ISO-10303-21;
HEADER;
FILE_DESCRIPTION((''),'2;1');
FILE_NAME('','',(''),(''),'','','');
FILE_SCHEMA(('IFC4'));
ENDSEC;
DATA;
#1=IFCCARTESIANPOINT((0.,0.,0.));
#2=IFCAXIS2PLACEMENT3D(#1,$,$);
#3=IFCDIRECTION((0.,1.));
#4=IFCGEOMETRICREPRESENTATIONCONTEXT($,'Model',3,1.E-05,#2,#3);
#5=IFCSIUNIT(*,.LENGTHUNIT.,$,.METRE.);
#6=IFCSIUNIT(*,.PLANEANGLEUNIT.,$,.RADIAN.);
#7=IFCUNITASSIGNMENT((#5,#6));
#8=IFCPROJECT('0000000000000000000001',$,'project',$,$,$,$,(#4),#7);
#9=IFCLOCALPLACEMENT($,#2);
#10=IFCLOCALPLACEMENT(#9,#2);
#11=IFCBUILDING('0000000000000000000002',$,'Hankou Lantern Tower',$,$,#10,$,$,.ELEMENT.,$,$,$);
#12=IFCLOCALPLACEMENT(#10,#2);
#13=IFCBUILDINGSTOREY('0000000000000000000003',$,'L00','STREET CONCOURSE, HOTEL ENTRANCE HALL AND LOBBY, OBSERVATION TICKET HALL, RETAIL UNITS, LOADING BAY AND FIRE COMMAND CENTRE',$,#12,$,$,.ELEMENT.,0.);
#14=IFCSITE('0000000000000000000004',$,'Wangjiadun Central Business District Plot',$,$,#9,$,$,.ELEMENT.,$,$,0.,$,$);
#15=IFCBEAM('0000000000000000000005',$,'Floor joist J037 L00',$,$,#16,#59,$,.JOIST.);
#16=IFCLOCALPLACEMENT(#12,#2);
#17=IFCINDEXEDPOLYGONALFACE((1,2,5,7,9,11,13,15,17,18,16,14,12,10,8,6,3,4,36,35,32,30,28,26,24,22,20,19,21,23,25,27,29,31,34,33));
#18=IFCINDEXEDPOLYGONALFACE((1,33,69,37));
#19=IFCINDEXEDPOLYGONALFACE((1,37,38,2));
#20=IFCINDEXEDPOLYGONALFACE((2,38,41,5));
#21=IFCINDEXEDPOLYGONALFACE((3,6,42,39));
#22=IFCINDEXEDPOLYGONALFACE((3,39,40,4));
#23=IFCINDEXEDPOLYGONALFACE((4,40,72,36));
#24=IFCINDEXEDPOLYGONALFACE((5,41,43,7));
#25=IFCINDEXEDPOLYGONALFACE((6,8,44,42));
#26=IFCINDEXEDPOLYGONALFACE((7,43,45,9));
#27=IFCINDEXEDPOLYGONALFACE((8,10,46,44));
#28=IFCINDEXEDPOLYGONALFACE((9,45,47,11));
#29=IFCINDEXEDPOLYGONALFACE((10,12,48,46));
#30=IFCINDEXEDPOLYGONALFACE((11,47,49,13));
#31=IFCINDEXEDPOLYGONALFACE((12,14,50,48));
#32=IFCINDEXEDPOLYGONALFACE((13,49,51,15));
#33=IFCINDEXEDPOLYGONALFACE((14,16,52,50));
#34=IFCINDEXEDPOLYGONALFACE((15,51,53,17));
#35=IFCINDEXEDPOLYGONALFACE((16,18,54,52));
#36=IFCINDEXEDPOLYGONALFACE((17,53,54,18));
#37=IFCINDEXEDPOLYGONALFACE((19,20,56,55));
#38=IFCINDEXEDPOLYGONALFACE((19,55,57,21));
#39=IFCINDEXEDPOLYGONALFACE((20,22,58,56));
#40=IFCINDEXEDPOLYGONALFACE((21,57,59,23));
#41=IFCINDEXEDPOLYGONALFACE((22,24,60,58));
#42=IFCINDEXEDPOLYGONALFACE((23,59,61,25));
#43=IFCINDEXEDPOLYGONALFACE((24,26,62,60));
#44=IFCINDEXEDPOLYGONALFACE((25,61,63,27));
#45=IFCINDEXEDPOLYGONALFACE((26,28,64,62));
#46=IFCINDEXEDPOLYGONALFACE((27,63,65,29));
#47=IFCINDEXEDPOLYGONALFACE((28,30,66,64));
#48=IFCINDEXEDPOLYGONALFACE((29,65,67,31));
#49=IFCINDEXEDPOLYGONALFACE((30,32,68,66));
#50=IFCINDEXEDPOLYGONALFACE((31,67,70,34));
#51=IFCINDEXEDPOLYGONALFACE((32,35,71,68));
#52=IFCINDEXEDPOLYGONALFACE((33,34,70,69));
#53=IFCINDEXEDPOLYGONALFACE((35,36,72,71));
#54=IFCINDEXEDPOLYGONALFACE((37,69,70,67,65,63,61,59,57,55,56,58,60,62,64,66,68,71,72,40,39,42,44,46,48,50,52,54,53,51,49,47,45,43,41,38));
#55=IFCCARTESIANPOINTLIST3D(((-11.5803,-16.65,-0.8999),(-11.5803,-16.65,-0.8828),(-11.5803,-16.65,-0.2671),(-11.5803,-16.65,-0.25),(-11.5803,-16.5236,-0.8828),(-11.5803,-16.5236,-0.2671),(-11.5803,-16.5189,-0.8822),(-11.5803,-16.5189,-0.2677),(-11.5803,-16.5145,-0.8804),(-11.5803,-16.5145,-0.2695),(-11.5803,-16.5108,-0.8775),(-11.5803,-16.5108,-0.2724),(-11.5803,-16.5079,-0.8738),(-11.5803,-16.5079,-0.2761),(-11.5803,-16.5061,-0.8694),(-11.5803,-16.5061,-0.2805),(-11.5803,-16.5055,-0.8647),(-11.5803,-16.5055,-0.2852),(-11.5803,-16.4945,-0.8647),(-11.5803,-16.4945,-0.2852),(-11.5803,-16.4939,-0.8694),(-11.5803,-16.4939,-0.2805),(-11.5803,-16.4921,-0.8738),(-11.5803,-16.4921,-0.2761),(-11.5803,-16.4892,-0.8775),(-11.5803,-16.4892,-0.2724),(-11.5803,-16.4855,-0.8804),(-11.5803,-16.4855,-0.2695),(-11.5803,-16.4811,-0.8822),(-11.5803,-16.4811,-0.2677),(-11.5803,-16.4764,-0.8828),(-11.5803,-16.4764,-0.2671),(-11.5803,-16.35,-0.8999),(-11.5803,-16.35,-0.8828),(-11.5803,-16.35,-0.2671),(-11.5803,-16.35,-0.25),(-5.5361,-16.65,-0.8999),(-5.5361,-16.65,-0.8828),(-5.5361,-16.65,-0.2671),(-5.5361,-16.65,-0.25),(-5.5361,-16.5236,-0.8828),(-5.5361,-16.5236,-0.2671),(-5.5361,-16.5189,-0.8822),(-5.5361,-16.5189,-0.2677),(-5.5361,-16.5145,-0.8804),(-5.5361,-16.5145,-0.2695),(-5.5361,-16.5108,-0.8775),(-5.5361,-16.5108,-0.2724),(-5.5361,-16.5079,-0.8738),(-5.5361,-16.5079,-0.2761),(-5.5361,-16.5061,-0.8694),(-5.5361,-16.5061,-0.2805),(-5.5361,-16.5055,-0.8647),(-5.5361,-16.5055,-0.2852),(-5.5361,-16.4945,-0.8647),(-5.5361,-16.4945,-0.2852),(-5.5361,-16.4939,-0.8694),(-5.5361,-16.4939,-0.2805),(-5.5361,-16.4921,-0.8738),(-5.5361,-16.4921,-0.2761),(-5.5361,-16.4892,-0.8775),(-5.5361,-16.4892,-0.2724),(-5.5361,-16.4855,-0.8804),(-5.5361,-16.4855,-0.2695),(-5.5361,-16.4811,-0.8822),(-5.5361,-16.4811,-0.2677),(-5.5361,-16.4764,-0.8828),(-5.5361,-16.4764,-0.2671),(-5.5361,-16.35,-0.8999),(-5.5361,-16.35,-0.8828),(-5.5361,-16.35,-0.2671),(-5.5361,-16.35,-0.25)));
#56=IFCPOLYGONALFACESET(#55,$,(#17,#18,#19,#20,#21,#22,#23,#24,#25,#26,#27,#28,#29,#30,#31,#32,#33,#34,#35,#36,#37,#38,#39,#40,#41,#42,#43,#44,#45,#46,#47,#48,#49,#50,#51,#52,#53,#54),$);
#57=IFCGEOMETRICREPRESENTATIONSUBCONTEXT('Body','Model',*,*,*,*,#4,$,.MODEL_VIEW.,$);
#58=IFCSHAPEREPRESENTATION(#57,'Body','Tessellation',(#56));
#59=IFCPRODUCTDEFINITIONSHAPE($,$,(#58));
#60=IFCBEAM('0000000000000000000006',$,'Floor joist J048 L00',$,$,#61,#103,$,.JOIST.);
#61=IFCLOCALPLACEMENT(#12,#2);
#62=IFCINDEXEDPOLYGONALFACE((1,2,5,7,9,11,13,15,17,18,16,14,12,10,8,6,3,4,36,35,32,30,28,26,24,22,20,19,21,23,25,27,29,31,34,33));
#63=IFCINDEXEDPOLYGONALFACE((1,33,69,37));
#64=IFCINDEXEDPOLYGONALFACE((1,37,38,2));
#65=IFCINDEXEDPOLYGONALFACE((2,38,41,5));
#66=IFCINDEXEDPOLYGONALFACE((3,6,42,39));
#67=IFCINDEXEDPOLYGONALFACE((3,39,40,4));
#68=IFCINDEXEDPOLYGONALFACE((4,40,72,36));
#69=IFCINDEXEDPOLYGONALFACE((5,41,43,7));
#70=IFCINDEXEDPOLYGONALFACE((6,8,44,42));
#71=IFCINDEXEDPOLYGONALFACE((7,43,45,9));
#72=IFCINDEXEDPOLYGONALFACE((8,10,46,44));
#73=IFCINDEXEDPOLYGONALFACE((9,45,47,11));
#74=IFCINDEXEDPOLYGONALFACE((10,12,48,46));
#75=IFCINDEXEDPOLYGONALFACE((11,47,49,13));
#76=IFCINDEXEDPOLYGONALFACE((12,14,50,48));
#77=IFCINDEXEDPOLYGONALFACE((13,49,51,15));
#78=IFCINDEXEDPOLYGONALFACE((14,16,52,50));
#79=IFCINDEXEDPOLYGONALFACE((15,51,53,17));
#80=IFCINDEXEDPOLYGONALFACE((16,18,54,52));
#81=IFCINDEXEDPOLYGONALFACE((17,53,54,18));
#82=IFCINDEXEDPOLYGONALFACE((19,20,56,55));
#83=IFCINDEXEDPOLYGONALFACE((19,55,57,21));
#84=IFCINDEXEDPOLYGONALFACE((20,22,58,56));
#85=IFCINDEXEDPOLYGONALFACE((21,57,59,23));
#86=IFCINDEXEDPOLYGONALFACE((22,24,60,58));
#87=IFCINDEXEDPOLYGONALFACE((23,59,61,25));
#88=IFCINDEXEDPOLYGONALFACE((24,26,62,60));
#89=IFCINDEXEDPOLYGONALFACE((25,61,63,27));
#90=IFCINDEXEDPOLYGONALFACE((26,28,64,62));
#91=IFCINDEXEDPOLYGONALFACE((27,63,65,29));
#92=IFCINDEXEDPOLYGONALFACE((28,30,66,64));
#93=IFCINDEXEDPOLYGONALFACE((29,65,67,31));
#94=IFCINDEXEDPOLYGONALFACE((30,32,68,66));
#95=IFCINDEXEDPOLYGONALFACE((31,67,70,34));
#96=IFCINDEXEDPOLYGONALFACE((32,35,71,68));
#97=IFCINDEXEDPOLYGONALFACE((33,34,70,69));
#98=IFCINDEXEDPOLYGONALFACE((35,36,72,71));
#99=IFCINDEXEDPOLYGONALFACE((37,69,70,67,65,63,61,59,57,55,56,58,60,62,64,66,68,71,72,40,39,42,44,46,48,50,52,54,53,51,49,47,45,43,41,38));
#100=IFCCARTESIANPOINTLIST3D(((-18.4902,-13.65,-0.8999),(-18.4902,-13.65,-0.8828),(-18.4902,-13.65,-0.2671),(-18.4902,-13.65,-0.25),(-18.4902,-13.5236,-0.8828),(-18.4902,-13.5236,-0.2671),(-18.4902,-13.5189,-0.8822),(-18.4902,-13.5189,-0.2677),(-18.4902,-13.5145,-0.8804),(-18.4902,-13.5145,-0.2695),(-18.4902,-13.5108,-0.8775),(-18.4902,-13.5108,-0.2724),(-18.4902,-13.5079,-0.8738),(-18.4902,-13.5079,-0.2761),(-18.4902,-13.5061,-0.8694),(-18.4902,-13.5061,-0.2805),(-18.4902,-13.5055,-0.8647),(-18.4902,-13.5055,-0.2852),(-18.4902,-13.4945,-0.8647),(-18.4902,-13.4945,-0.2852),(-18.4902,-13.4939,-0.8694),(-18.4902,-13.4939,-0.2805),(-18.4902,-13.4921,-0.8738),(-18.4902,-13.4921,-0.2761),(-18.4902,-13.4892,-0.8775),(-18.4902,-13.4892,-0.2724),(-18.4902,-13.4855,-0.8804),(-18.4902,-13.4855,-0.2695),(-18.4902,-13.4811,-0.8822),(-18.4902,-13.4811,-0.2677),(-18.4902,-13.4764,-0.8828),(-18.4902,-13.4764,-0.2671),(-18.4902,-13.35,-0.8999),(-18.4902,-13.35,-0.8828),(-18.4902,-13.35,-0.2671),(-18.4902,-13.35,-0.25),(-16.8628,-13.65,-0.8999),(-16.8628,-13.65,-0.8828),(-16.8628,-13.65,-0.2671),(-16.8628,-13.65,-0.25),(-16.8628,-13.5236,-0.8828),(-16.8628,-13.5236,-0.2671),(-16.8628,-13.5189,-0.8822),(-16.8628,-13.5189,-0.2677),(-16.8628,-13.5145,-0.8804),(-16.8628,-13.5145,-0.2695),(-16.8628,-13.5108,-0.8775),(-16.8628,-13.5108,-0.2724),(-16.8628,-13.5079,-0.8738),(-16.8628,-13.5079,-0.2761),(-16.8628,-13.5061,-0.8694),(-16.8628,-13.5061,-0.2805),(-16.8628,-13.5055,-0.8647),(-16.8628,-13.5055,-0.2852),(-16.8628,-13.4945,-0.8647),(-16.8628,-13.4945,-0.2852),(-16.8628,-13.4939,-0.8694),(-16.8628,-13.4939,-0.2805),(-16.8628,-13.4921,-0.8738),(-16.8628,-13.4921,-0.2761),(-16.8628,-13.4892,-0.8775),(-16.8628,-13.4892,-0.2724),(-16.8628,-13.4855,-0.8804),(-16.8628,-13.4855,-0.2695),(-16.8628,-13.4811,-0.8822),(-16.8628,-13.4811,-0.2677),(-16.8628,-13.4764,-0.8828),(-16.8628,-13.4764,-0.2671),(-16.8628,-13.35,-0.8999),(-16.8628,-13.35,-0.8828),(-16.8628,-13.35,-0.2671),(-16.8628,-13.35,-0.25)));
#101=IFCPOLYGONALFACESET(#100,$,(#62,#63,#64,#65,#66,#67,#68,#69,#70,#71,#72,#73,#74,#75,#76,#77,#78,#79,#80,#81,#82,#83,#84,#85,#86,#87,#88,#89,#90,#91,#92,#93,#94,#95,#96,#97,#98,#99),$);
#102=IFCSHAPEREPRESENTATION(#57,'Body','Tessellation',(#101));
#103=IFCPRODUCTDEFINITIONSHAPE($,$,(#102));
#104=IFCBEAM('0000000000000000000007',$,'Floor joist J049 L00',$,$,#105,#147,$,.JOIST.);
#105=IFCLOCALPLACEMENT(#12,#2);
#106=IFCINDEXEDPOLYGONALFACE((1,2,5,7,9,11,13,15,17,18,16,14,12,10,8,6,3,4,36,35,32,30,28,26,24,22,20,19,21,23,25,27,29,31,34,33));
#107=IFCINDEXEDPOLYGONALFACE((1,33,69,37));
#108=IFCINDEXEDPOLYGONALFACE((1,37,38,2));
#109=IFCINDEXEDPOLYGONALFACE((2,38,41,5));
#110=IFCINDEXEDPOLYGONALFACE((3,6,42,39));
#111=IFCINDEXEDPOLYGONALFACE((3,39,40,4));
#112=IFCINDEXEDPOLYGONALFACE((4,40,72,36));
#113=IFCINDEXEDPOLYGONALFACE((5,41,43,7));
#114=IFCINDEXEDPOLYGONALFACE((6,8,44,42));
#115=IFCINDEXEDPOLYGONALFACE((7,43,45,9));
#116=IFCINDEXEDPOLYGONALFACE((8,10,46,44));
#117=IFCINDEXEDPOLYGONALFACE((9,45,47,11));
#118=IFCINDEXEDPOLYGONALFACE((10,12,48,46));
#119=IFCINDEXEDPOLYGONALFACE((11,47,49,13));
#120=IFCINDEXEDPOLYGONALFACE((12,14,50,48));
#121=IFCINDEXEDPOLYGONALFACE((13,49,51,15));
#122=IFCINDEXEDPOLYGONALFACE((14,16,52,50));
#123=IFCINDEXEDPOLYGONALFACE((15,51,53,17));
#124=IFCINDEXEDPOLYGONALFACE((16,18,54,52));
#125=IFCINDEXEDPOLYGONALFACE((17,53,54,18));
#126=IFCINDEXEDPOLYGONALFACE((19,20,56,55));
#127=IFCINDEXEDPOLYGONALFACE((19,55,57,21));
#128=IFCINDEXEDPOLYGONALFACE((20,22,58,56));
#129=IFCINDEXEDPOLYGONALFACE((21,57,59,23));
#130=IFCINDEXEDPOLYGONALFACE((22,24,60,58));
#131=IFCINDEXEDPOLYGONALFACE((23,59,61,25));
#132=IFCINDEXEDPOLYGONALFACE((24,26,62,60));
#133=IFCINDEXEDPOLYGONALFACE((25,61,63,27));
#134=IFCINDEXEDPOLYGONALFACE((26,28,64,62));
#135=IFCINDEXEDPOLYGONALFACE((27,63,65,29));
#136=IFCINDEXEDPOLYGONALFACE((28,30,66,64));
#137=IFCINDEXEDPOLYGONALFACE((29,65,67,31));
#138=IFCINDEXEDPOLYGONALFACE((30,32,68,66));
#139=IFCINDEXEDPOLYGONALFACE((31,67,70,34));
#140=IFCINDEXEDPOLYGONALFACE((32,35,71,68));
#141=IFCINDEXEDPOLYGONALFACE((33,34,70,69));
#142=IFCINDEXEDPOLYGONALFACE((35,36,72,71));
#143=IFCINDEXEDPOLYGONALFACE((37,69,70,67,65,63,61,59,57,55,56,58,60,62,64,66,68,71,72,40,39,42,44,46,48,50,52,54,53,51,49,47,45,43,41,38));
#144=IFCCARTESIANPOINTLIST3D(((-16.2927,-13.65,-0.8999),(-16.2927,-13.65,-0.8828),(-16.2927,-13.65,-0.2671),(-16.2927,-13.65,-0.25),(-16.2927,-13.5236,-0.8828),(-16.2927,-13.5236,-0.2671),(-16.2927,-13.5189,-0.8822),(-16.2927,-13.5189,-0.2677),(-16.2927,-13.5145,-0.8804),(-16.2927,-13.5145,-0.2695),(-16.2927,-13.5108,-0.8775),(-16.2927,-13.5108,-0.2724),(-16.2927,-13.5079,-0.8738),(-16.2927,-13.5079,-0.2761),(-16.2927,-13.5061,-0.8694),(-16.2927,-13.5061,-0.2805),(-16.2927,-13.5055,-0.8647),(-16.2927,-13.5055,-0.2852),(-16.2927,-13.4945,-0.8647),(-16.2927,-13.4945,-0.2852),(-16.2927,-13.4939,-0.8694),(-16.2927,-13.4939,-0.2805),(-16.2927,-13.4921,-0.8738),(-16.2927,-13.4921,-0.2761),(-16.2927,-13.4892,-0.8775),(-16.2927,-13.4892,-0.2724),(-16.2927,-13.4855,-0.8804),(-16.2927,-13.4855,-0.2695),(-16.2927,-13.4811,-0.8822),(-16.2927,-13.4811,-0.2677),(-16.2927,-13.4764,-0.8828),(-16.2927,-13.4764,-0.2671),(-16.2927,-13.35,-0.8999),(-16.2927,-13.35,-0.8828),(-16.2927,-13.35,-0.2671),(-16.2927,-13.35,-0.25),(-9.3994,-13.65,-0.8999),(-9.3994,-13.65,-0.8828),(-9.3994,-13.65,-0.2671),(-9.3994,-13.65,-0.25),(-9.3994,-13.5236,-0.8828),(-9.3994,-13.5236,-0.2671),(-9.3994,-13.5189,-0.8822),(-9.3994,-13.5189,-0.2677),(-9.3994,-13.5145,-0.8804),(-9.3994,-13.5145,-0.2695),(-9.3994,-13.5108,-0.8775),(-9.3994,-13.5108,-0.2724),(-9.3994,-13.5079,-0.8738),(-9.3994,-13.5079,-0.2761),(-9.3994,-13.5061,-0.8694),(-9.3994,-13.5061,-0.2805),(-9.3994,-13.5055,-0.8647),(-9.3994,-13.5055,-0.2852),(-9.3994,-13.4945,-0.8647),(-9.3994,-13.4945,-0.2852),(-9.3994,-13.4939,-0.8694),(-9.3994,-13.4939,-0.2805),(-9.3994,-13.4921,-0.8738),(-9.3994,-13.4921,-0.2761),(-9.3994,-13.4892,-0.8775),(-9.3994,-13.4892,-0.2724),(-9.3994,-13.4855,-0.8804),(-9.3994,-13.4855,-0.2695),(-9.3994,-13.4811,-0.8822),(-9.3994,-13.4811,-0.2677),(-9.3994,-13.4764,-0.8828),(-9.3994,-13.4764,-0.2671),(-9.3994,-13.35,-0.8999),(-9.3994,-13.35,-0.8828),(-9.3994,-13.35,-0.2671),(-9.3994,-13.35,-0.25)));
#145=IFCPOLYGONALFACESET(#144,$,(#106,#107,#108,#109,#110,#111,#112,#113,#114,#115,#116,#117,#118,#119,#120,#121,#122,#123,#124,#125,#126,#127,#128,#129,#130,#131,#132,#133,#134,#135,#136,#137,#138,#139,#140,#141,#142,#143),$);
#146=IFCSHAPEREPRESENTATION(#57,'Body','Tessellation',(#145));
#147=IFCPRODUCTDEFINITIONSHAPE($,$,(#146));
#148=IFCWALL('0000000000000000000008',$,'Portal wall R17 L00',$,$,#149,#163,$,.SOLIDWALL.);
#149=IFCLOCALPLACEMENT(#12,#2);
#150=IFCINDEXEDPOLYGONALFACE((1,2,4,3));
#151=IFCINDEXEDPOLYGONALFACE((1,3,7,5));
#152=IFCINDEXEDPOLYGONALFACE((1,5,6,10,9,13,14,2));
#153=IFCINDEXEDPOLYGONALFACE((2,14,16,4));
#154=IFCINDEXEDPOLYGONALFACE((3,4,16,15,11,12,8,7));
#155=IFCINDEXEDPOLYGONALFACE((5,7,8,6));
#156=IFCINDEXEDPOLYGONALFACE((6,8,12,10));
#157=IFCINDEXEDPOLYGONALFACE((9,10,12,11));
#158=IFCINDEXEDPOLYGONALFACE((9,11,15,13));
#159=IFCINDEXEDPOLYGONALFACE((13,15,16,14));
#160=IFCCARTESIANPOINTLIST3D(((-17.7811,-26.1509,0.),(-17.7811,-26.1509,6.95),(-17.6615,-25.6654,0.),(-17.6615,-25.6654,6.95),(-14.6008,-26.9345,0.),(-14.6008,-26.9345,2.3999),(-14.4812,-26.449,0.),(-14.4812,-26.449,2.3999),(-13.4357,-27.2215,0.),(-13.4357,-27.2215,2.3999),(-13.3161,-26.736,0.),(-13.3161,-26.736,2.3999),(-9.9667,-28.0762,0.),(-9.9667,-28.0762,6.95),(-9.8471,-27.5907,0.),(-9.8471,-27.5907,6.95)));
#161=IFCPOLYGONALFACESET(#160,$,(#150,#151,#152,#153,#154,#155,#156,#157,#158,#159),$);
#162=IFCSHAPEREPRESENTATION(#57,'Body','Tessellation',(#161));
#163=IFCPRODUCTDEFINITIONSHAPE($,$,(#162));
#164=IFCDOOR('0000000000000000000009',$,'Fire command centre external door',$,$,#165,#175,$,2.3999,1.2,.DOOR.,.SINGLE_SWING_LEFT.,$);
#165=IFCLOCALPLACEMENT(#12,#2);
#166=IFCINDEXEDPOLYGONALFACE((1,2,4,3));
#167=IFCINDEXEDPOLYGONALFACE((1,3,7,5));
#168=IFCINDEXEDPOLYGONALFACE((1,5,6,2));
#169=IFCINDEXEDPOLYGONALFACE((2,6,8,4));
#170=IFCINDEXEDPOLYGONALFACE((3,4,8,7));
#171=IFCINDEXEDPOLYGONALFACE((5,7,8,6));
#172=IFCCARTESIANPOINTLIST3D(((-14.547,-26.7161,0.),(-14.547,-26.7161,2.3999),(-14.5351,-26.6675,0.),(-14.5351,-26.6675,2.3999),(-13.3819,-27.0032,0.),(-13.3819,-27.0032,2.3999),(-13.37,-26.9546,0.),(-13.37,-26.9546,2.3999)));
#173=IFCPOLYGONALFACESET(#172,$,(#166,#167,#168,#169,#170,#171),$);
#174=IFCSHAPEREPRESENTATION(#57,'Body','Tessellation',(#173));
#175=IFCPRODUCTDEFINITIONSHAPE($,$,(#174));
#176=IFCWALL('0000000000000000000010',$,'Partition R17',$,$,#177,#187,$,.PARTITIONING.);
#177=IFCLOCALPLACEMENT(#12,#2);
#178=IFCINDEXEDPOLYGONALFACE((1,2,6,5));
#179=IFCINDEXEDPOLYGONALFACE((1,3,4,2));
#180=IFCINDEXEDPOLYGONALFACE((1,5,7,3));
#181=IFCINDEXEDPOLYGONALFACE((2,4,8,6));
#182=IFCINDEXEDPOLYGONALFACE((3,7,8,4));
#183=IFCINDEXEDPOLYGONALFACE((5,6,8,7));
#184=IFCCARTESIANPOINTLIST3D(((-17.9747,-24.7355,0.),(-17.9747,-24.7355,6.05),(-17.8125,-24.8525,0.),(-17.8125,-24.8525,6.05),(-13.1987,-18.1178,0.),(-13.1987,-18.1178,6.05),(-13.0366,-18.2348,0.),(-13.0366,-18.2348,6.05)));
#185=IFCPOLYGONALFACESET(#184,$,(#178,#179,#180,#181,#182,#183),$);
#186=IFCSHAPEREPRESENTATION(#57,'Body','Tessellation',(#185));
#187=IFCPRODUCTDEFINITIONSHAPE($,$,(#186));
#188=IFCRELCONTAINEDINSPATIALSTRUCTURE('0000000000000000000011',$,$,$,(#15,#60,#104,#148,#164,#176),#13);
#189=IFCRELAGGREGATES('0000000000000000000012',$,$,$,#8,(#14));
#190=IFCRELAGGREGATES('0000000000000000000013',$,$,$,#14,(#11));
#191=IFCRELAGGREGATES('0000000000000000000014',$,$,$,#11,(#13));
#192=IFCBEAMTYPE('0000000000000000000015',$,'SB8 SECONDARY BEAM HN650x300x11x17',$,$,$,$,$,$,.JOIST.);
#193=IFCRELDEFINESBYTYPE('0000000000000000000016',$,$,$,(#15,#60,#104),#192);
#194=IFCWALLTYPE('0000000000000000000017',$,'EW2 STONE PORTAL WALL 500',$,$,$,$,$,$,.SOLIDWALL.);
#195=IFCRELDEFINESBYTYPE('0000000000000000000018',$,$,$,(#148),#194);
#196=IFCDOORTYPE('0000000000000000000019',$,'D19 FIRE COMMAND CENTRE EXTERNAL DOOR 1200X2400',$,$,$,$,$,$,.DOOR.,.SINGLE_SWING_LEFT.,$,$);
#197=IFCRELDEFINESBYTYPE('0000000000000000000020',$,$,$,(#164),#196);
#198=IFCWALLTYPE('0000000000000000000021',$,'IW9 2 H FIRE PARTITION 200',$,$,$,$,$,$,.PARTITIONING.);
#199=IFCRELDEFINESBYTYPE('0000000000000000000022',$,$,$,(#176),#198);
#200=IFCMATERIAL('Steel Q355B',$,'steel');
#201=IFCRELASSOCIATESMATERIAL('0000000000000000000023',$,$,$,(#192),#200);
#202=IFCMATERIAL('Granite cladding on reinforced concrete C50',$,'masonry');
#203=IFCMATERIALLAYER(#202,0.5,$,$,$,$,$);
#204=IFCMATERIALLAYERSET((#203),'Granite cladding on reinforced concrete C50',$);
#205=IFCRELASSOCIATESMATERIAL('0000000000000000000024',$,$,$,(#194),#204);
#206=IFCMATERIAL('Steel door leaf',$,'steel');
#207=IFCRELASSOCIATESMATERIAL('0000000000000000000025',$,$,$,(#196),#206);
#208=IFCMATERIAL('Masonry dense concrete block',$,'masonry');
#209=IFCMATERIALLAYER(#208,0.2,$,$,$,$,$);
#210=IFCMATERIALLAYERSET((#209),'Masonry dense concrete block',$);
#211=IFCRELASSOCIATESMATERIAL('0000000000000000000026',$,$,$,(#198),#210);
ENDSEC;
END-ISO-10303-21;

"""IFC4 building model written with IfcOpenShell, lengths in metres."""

from ifc_helpers import new_model, si_unit, direction, frame, frame_2d, origin, origin_2d, place, context, subcontext, project, spatial, rectangle, i_section, extrude, material, layer, layer_set, material_profile, profile_set, type_object, element, fill, save


model = new_model("IFC4")

# Units and contexts
model_context = context("Model", 3, precision=1e-05, world=origin(), true_north=direction((0.0, 1.0)))
body_context = subcontext(model_context, "Body", "Model", "MODEL_VIEW")
ifc_project = project(units=[si_unit("LENGTHUNIT", "METRE"), si_unit("PLANEANGLEUNIT", "RADIAN")], contexts=[model_context])

# Site, building, storey
site_placement = place(None, origin())
site = spatial("IfcSite", under=ifc_project, at=site_placement, Name="Wangjiadun Central Business District Plot", CompositionType="ELEMENT", RefElevation=0.0)
building_placement = place(site_placement, origin())
building = spatial("IfcBuilding", under=site, at=building_placement, Name="Hankou Lantern Tower", CompositionType="ELEMENT")
storey_placement = place(building_placement, origin())
storey = spatial("IfcBuildingStorey", under=building, at=storey_placement, Name="L00", Description="STREET CONCOURSE, HOTEL ENTRANCE HALL AND LOBBY, OBSERVATION TICKET HALL, RETAIL UNITS, LOADING BAY AND FIRE COMMAND CENTRE", CompositionType="ELEMENT", Elevation=0.0)

# Beams
ifc_material_1 = material(Name="Steel Q355B", Category="steel")
ifc_material_profile_1 = material_profile(ifc_material_1, i_section(OverallWidth=0.3, OverallDepth=0.6499, WebThickness=0.011, FlangeThickness=0.0171, FilletRadius=0.0181, at=origin_2d()), Name="HN650x300x11x17")
ifc_profile_set_1 = profile_set([ifc_material_profile_1], Name="Steel Q355B")
beam_type_1 = type_object("IfcBeamType", Name="SB8 SECONDARY BEAM HN650x300x11x17", PredefinedType="JOIST", material=ifc_profile_set_1)
beam_1_placement = place(storey_placement, frame((-11.5803, -16.5, -0.575), z_axis=(1.0, 0.0, 0.0), x_axis=(0.0, 1.0, 0.0)))
element("IfcBeam", 1, at=beam_1_placement, inside=storey, type_object=beam_type_1, Name="Floor joist J037 L00", PredefinedType="JOIST", context=body_context, shape_type="SweptSolid", body=[
    extrude(i_section(OverallWidth=0.3, OverallDepth=0.6499, WebThickness=0.011, FlangeThickness=0.0171, FilletRadius=0.0181, at=origin_2d()), origin(), (0.0, 0.0, 1.0), 6.0442),
])
beam_2_placement = place(storey_placement, frame((-18.4902, -13.5, -0.575), z_axis=(1.0, 0.0, 0.0), x_axis=(0.0, 1.0, 0.0)))
element("IfcBeam", 2, at=beam_2_placement, inside=storey, type_object=beam_type_1, Name="Floor joist J048 L00", PredefinedType="JOIST", context=body_context, shape_type="SweptSolid", body=[
    extrude(i_section(OverallWidth=0.3, OverallDepth=0.6499, WebThickness=0.011, FlangeThickness=0.0171, FilletRadius=0.0181, at=origin_2d()), origin(), (0.0, 0.0, 1.0), 1.6274),
])
beam_3_placement = place(storey_placement, frame((-16.2927, -13.5, -0.575), z_axis=(1.0, 0.0, 0.0), x_axis=(0.0, 1.0, 0.0)))
element("IfcBeam", 3, at=beam_3_placement, inside=storey, type_object=beam_type_1, Name="Floor joist J049 L00", PredefinedType="JOIST", context=body_context, shape_type="SweptSolid", body=[
    extrude(i_section(OverallWidth=0.3, OverallDepth=0.6499, WebThickness=0.011, FlangeThickness=0.0171, FilletRadius=0.0181, at=origin_2d()), origin(), (0.0, 0.0, 1.0), 6.8933),
])

# Wall, opening, door
ifc_material_2 = material(Name="Granite cladding on reinforced concrete C50", Category="masonry")
ifc_layer_1 = layer(ifc_material_2, 0.5)
ifc_layer_set_1 = layer_set([ifc_layer_1], Name="Granite cladding on reinforced concrete C50")
wall_type_1 = type_object("IfcWallType", Name="EW2 STONE PORTAL WALL 500", PredefinedType="SOLIDWALL", material=ifc_layer_set_1)
wall_1_placement = place(storey_placement, frame((-17.7212, -25.9082, 0.0), z_axis=(0.0, 0.0, 1.0), x_axis=(0.970965, -0.239222, 0.0)))
wall_1 = element("IfcWall", 4, at=wall_1_placement, inside=storey, type_object=wall_type_1, Name="Portal wall R17 L00", PredefinedType="SOLIDWALL", context=body_context, shape_type="SweptSolid", body=[
    extrude(rectangle(XDim=8.0481, YDim=0.5, at=frame_2d((4.0239, 0.0))), origin(), (0.0, 0.0, 1.0), 6.95),
])
opening_placement = place(wall_1_placement, frame((3.2751, 0.0, 0.0)))
opening = element("IfcOpeningElement", 5, at=opening_placement, cuts=wall_1, PredefinedType="OPENING", context=body_context, shape_type="SweptSolid", body=[
    extrude(rectangle(XDim=1.2, YDim=2.3999, at=frame_2d((0.6001, 1.2))), frame((0.0, 0.26, 0.0), z_axis=(0.0, -1.0, 0.0), x_axis=(1.0, 0.0, 0.0)), (0.0, 0.0, 1.0), 0.52),
])
ifc_material_3 = material(Name="Steel door leaf", Category="steel")
door_type = type_object("IfcDoorType", Name="D19 FIRE COMMAND CENTRE EXTERNAL DOOR 1200X2400", OperationType="SINGLE_SWING_LEFT", PredefinedType="DOOR", material=ifc_material_3)
door_placement = place(opening_placement, origin())
door = element("IfcDoor", 6, at=door_placement, inside=storey, type_object=door_type, Name="Fire command centre external door", OperationType="SINGLE_SWING_LEFT", OverallHeight=2.3999, OverallWidth=1.2, PredefinedType="DOOR", context=body_context, shape_type="SweptSolid", body=[
    extrude(rectangle(XDim=1.2, YDim=2.3999, at=frame_2d((0.6001, 1.2))), frame((0.0, 0.0249, 0.0), z_axis=(0.0, -1.0, 0.0), x_axis=(1.0, 0.0, 0.0)), (0.0, 0.0, 1.0), 0.05),
])
fill(opening, door)

# Wall
ifc_material_4 = material(Name="Masonry dense concrete block", Category="masonry")
ifc_layer_2 = layer(ifc_material_4, 0.2)
ifc_layer_set_2 = layer_set([ifc_layer_2], Name="Masonry dense concrete block")
wall_type_2 = type_object("IfcWallType", Name="IW9 2 H FIRE PARTITION 200", PredefinedType="PARTITIONING", material=ifc_layer_set_2)
wall_2_placement = place(storey_placement, frame((-13.1177, -18.1763, 0.0), z_axis=(0.0, 0.0, 1.0), x_axis=(-0.585204, -0.810886, 0.0)))
element("IfcWall", 7, at=wall_2_placement, inside=storey, type_object=wall_type_2, Name="Partition R17", PredefinedType="PARTITIONING", context=body_context, shape_type="SweptSolid", body=[
    extrude(rectangle(XDim=8.1611, YDim=0.2, at=frame_2d((4.0806, 0.0))), origin(), (0.0, 0.0, 1.0), 6.05),
])

save(model, "model.ifc")
